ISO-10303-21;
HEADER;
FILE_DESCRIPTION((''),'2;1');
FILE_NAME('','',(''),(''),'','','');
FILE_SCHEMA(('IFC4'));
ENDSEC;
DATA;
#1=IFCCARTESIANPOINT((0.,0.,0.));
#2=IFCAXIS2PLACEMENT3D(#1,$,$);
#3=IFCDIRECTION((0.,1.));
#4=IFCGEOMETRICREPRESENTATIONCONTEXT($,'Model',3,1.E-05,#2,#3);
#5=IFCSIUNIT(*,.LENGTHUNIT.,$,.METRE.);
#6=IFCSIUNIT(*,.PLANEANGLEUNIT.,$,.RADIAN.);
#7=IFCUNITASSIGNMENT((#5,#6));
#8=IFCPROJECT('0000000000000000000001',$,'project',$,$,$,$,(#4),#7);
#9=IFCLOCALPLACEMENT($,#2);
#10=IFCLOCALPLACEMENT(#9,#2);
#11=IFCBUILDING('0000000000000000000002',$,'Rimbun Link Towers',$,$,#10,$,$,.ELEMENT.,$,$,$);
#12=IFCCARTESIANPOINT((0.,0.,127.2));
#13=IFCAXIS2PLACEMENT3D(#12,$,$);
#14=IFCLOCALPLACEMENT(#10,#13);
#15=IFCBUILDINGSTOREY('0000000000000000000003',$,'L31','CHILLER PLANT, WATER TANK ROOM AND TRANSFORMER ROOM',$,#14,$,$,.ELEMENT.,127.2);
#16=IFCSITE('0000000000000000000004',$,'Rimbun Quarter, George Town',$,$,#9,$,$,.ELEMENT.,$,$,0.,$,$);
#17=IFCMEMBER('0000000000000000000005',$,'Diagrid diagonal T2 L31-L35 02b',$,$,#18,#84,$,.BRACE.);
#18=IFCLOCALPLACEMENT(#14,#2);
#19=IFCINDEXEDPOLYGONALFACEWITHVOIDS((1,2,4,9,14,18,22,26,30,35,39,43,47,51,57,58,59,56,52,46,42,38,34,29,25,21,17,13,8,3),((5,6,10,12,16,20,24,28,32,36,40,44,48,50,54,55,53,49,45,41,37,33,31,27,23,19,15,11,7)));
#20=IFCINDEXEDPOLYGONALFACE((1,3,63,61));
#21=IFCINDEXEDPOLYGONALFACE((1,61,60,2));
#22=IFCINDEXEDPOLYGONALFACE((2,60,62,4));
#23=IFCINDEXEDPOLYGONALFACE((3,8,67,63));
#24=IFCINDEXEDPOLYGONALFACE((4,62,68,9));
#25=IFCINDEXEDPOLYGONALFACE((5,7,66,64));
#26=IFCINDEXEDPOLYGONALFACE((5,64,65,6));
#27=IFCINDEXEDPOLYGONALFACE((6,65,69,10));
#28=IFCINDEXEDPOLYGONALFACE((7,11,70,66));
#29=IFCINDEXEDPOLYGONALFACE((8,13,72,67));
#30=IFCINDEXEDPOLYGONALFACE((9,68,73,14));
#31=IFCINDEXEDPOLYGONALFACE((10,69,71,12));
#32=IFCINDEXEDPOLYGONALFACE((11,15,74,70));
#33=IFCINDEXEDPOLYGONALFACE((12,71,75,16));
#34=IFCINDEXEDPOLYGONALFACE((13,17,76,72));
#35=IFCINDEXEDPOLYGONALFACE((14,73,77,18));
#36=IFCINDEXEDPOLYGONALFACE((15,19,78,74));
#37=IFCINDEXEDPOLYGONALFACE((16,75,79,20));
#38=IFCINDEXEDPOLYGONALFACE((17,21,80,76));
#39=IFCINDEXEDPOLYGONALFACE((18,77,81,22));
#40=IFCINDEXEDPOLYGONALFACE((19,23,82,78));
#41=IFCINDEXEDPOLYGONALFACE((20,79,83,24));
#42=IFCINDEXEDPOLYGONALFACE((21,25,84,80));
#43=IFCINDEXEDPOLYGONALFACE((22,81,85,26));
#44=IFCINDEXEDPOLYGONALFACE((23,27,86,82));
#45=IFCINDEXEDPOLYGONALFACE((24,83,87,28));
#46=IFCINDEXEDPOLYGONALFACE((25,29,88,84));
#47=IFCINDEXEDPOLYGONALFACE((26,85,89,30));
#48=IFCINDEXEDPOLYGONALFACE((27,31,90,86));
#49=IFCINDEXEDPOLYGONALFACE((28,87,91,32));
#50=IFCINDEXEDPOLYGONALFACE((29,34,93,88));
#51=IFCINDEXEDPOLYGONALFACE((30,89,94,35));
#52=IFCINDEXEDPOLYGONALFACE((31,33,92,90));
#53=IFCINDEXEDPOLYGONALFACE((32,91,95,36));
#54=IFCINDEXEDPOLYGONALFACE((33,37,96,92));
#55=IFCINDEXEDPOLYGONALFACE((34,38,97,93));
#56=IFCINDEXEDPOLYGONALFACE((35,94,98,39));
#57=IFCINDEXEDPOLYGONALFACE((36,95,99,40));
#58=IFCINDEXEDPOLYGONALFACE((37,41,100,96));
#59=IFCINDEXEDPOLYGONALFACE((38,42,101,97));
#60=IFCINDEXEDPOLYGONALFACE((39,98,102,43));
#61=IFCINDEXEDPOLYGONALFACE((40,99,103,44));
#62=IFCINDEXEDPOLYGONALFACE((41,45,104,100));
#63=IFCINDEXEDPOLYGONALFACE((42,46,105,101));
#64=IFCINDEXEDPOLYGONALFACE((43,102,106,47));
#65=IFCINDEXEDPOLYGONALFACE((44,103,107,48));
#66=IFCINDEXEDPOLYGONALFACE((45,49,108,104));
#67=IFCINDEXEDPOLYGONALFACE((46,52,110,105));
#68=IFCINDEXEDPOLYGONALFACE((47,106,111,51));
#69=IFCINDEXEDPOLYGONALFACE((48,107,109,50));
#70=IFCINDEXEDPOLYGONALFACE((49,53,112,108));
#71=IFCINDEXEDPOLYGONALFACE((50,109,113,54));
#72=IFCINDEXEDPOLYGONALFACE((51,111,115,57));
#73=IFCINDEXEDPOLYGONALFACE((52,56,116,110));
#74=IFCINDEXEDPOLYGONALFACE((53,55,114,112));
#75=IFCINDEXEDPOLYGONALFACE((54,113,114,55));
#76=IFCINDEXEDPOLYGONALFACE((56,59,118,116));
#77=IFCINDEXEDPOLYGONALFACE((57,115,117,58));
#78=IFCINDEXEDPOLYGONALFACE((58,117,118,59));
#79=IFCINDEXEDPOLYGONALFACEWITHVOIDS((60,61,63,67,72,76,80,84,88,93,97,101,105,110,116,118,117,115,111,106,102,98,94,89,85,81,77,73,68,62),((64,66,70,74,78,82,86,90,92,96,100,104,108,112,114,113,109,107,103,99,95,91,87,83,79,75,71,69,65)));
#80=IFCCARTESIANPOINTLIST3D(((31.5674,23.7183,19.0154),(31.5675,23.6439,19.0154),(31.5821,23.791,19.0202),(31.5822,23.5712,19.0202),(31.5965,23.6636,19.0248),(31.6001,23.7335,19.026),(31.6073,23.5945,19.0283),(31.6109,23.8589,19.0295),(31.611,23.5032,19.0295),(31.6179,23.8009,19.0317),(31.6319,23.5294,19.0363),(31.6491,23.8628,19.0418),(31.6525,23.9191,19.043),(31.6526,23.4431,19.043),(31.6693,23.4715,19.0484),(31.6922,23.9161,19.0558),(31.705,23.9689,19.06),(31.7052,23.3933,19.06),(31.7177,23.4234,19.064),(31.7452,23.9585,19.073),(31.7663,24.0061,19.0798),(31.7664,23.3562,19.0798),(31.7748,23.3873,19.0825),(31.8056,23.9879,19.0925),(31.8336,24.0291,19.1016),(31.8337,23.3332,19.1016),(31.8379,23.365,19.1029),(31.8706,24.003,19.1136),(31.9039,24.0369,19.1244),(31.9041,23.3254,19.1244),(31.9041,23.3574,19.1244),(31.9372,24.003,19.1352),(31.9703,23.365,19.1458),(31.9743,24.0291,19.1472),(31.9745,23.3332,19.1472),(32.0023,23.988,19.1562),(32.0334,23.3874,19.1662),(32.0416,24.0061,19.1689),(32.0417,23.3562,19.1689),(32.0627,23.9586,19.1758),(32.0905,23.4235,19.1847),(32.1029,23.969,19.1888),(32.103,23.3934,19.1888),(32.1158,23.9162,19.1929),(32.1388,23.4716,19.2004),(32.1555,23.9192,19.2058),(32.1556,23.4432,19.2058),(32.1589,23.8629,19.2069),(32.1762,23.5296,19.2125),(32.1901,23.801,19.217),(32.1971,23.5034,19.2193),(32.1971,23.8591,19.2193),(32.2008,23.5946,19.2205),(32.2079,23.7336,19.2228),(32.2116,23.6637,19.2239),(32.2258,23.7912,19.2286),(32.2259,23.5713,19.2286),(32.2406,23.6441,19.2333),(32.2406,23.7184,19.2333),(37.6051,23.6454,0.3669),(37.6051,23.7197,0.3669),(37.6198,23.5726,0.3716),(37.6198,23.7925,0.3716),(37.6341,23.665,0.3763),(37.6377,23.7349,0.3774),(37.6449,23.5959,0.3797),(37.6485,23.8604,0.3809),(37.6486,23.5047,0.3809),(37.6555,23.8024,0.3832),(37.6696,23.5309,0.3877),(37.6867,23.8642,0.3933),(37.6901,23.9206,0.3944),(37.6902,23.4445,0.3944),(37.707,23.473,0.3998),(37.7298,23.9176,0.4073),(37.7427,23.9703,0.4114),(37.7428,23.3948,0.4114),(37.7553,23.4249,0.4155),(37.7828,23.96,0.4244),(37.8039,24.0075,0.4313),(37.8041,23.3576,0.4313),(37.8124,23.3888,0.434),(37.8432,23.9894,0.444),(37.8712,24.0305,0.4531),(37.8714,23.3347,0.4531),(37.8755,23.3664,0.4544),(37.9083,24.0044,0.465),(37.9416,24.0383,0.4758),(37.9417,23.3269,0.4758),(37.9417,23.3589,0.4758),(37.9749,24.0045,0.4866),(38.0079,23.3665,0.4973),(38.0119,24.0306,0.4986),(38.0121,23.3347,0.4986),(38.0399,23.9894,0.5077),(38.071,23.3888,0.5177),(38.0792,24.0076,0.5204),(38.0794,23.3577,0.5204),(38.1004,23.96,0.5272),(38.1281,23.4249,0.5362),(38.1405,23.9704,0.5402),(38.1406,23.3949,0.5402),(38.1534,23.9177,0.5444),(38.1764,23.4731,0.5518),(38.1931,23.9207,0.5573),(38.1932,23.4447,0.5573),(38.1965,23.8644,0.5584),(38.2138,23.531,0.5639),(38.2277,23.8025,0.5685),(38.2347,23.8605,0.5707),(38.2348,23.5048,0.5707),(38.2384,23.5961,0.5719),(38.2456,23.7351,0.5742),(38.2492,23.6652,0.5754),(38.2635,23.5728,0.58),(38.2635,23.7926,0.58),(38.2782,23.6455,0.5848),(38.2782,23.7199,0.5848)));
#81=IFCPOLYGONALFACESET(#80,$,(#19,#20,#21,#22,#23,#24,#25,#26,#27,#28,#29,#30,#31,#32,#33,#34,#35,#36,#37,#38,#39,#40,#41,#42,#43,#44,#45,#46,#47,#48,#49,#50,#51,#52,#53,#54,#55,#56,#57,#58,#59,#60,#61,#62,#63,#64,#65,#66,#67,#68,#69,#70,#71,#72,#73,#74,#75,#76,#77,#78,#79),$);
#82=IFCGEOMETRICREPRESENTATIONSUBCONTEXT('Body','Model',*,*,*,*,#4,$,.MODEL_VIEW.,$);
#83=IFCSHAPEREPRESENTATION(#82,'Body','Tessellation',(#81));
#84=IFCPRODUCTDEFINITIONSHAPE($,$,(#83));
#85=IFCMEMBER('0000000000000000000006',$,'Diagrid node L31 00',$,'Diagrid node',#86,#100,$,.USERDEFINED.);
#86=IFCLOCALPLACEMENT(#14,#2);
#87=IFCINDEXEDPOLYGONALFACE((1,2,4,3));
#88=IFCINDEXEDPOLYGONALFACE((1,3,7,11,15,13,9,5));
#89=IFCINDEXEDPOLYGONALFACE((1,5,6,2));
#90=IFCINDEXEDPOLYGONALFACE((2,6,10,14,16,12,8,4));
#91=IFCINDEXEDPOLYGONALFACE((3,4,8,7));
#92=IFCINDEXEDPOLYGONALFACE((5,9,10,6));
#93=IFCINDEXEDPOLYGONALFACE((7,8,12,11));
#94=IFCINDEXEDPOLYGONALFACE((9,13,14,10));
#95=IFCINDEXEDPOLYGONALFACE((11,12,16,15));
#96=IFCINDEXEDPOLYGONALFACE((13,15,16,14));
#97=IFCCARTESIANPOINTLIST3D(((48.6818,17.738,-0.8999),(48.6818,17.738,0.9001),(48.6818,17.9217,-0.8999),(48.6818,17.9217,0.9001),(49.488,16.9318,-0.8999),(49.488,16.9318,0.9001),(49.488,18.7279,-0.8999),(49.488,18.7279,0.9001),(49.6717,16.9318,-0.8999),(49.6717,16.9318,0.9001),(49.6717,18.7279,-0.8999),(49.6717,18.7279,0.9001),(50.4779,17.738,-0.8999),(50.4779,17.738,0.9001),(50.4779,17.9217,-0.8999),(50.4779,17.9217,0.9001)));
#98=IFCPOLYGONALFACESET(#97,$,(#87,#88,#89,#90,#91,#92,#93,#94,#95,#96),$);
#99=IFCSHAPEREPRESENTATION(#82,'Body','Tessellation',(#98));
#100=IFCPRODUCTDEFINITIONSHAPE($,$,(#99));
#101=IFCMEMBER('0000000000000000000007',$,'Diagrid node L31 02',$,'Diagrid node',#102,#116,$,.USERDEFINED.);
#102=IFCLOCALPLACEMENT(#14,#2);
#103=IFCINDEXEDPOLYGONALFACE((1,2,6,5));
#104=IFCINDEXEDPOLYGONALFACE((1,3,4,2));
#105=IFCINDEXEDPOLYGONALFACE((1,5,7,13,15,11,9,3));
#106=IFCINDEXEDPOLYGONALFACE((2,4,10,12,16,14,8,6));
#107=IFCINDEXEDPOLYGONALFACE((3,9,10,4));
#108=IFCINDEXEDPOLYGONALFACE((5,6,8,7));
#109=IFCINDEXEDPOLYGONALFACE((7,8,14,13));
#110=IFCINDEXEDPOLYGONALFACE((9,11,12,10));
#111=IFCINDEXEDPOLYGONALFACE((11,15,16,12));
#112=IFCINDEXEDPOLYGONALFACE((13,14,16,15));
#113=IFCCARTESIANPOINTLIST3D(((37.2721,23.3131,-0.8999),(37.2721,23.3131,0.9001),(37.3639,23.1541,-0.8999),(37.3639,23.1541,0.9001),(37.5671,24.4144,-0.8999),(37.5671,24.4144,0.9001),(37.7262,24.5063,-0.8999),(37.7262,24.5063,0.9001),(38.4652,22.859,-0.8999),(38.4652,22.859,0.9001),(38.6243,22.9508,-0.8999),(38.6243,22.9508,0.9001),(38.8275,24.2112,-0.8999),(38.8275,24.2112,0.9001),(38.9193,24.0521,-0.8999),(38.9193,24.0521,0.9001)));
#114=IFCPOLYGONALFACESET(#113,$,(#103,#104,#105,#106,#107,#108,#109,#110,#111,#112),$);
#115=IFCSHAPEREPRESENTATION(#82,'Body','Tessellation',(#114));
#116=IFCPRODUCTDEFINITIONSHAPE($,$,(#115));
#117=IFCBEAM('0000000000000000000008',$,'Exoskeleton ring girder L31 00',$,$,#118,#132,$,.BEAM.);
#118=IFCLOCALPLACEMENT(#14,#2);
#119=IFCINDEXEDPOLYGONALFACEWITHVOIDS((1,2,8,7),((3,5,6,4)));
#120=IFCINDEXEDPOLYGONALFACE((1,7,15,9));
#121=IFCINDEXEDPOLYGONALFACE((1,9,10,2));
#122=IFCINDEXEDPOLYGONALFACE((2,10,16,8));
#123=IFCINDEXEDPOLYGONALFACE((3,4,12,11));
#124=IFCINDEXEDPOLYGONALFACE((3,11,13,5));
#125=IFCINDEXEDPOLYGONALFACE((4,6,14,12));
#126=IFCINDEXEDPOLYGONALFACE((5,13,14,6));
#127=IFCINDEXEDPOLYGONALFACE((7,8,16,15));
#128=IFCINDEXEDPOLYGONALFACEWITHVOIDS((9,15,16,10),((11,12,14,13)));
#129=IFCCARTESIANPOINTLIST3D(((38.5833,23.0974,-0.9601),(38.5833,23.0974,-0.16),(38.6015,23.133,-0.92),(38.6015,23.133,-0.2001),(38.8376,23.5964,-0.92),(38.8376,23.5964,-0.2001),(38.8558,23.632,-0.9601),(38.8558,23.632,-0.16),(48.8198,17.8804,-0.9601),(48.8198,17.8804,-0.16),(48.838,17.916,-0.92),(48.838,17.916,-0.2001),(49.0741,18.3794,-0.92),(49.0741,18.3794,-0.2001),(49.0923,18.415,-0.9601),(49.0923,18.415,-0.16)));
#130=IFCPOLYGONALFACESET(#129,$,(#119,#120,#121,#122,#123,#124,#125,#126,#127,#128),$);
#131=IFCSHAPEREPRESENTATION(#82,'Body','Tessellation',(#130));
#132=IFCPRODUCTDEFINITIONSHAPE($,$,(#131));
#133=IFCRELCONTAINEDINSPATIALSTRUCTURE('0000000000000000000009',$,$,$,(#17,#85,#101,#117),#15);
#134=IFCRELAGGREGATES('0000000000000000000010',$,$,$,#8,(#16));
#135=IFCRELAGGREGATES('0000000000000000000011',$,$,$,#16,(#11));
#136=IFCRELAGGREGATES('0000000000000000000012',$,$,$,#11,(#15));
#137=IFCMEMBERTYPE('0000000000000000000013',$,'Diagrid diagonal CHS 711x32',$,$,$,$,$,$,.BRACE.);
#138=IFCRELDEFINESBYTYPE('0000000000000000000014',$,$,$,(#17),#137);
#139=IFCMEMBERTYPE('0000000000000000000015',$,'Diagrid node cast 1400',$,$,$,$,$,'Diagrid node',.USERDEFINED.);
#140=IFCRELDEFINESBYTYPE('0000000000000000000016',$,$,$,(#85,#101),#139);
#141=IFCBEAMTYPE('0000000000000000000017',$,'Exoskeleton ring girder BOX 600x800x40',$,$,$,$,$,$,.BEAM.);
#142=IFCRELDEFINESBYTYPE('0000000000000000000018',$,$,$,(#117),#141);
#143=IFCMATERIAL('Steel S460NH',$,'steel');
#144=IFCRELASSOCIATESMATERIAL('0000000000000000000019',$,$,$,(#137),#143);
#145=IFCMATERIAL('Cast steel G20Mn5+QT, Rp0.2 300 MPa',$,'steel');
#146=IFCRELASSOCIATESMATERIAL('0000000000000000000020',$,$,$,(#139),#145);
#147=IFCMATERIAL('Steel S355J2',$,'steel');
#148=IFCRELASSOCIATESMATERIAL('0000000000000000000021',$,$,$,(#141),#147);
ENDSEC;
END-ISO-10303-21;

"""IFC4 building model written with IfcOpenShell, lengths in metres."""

from ifc_helpers import new_model, si_unit, direction, frame, origin, origin_2d, place, context, subcontext, project, spatial, polyline, hollow_rectangle, hollow_circle, outline, extrude, material, material_profile, profile_set, type_object, element, save


model = new_model("IFC4")

# Units and contexts
model_context = context("Model", 3, precision=1e-05, world=origin(), true_north=direction((0.0, 1.0)))
body_context = subcontext(model_context, "Body", "Model", "MODEL_VIEW")
ifc_project = project(units=[si_unit("LENGTHUNIT", "METRE"), si_unit("PLANEANGLEUNIT", "RADIAN")], contexts=[model_context])

# Site, building, storey
site_placement = place(None, origin())
site = spatial("IfcSite", under=ifc_project, at=site_placement, Name="Rimbun Quarter, George Town", CompositionType="ELEMENT", RefElevation=0.0)
building_placement = place(site_placement, origin())
building = spatial("IfcBuilding", under=site, at=building_placement, Name="Rimbun Link Towers", CompositionType="ELEMENT")
storey_placement = place(building_placement, frame((0.0, 0.0, 127.2)))
storey = spatial("IfcBuildingStorey", under=building, at=storey_placement, Name="L31", Description="CHILLER PLANT, WATER TANK ROOM AND TRANSFORMER ROOM", CompositionType="ELEMENT", Elevation=127.2)

# Members
ifc_material_1 = material(Name="Steel S460NH", Category="steel")
ifc_material_profile_1 = material_profile(ifc_material_1, hollow_circle(Radius=0.3557, WallThickness=0.032, at=origin_2d()), Name="Diagrid diagonal CHS 711x32")
ifc_profile_set_1 = profile_set([ifc_material_profile_1], Name="Steel S460NH")
member_type_1 = type_object("IfcMemberType", Name="Diagrid diagonal CHS 711x32", PredefinedType="BRACE", material=ifc_profile_set_1)
member_1_placement = place(storey_placement, frame((37.9417, 23.6826, 0.4758), z_axis=(-0.308018, -0.000075, 0.951381), x_axis=(0.000243, -1.0, 0.0)))
element("IfcMember", 1, at=member_1_placement, inside=storey, type_object=member_type_1, Name="Diagrid diagonal T2 L31-L35 02b", PredefinedType="BRACE", context=body_context, shape_type="SweptSolid", body=[
    extrude(hollow_circle(Radius=0.3557, WallThickness=0.032, at=origin_2d()), origin(), (0.0, 0.0, 1.0), 19.6016),
])
ifc_material_2 = material(Name="Cast steel G20Mn5+QT, Rp0.2 300 MPa", Category="steel")
ifc_material_profile_2 = material_profile(ifc_material_2, outline(polyline([(0.7, -0.5701), (0.7, 0.5701), (0.5701, 0.7), (-0.5701, 0.7), (-0.7, 0.5701), (-0.7, -0.5701), (-0.5701, -0.7), (0.5701, -0.7), (0.7, -0.5701)])), Name="NODE 1400x1400")
ifc_profile_set_2 = profile_set([ifc_material_profile_2], Name="Cast steel G20Mn5+QT, Rp0.2 300 MPa")
member_type_2 = type_object("IfcMemberType", Name="Diagrid node cast 1400", ElementType="Diagrid node", PredefinedType="USERDEFINED", material=ifc_profile_set_2)
for number, where, z_axis, x_axis, name in (
    (2, (49.5798, 17.8298, -0.8999), (0.0, 0.0, 1.0), (0.707107, 0.707107, 0.0), "Diagrid node L31 00"),
    (3, (38.0957, 23.6826, -0.8999), (0.0, 0.0, 1.0), (0.258819, 0.965926, 0.0), "Diagrid node L31 02"),
):
    element("IfcMember", number, at=place(storey_placement, frame(where, z_axis=z_axis, x_axis=x_axis)), inside=storey, type_object=member_type_2, Name=name, ObjectType="Diagrid node", PredefinedType="USERDEFINED", context=body_context, shape_type="SweptSolid", body=[
        extrude(outline(polyline([(0.7, -0.5701), (0.7, 0.5701), (0.5701, 0.7), (-0.5701, 0.7), (-0.7, 0.5701), (-0.7, -0.5701), (-0.5701, -0.7), (0.5701, -0.7), (0.7, -0.5701)])), origin(), (0.0, 0.0, 1.0), 1.8),
    ])

# Beam
ifc_material_3 = material(Name="Steel S355J2", Category="steel")
ifc_material_profile_3 = material_profile(ifc_material_3, hollow_rectangle(XDim=0.6001, YDim=0.8, WallThickness=0.04, at=origin_2d()), Name="Exoskeleton ring girder BOX 600x800x40")
ifc_profile_set_3 = profile_set([ifc_material_profile_3], Name="Steel S355J2")
beam_type_1 = type_object("IfcBeamType", Name="Exoskeleton ring girder BOX 600x800x40", PredefinedType="BEAM", material=ifc_profile_set_3)
beam_1_placement = place(storey_placement, frame((48.9561, 18.1477, -0.5601), z_axis=(-0.890963, 0.454077, 0.0), x_axis=(-0.454077, -0.890963, 0.0)))
element("IfcBeam", 4, at=beam_1_placement, inside=storey, type_object=beam_type_1, Name="Exoskeleton ring girder L31 00", PredefinedType="BEAM", context=body_context, shape_type="SweptSolid", body=[
    extrude(hollow_rectangle(XDim=0.6001, YDim=0.8, WallThickness=0.04, at=origin_2d()), origin(), (0.0, 0.0, 1.0), 11.4893),
])

save(model, "model.ifc")
